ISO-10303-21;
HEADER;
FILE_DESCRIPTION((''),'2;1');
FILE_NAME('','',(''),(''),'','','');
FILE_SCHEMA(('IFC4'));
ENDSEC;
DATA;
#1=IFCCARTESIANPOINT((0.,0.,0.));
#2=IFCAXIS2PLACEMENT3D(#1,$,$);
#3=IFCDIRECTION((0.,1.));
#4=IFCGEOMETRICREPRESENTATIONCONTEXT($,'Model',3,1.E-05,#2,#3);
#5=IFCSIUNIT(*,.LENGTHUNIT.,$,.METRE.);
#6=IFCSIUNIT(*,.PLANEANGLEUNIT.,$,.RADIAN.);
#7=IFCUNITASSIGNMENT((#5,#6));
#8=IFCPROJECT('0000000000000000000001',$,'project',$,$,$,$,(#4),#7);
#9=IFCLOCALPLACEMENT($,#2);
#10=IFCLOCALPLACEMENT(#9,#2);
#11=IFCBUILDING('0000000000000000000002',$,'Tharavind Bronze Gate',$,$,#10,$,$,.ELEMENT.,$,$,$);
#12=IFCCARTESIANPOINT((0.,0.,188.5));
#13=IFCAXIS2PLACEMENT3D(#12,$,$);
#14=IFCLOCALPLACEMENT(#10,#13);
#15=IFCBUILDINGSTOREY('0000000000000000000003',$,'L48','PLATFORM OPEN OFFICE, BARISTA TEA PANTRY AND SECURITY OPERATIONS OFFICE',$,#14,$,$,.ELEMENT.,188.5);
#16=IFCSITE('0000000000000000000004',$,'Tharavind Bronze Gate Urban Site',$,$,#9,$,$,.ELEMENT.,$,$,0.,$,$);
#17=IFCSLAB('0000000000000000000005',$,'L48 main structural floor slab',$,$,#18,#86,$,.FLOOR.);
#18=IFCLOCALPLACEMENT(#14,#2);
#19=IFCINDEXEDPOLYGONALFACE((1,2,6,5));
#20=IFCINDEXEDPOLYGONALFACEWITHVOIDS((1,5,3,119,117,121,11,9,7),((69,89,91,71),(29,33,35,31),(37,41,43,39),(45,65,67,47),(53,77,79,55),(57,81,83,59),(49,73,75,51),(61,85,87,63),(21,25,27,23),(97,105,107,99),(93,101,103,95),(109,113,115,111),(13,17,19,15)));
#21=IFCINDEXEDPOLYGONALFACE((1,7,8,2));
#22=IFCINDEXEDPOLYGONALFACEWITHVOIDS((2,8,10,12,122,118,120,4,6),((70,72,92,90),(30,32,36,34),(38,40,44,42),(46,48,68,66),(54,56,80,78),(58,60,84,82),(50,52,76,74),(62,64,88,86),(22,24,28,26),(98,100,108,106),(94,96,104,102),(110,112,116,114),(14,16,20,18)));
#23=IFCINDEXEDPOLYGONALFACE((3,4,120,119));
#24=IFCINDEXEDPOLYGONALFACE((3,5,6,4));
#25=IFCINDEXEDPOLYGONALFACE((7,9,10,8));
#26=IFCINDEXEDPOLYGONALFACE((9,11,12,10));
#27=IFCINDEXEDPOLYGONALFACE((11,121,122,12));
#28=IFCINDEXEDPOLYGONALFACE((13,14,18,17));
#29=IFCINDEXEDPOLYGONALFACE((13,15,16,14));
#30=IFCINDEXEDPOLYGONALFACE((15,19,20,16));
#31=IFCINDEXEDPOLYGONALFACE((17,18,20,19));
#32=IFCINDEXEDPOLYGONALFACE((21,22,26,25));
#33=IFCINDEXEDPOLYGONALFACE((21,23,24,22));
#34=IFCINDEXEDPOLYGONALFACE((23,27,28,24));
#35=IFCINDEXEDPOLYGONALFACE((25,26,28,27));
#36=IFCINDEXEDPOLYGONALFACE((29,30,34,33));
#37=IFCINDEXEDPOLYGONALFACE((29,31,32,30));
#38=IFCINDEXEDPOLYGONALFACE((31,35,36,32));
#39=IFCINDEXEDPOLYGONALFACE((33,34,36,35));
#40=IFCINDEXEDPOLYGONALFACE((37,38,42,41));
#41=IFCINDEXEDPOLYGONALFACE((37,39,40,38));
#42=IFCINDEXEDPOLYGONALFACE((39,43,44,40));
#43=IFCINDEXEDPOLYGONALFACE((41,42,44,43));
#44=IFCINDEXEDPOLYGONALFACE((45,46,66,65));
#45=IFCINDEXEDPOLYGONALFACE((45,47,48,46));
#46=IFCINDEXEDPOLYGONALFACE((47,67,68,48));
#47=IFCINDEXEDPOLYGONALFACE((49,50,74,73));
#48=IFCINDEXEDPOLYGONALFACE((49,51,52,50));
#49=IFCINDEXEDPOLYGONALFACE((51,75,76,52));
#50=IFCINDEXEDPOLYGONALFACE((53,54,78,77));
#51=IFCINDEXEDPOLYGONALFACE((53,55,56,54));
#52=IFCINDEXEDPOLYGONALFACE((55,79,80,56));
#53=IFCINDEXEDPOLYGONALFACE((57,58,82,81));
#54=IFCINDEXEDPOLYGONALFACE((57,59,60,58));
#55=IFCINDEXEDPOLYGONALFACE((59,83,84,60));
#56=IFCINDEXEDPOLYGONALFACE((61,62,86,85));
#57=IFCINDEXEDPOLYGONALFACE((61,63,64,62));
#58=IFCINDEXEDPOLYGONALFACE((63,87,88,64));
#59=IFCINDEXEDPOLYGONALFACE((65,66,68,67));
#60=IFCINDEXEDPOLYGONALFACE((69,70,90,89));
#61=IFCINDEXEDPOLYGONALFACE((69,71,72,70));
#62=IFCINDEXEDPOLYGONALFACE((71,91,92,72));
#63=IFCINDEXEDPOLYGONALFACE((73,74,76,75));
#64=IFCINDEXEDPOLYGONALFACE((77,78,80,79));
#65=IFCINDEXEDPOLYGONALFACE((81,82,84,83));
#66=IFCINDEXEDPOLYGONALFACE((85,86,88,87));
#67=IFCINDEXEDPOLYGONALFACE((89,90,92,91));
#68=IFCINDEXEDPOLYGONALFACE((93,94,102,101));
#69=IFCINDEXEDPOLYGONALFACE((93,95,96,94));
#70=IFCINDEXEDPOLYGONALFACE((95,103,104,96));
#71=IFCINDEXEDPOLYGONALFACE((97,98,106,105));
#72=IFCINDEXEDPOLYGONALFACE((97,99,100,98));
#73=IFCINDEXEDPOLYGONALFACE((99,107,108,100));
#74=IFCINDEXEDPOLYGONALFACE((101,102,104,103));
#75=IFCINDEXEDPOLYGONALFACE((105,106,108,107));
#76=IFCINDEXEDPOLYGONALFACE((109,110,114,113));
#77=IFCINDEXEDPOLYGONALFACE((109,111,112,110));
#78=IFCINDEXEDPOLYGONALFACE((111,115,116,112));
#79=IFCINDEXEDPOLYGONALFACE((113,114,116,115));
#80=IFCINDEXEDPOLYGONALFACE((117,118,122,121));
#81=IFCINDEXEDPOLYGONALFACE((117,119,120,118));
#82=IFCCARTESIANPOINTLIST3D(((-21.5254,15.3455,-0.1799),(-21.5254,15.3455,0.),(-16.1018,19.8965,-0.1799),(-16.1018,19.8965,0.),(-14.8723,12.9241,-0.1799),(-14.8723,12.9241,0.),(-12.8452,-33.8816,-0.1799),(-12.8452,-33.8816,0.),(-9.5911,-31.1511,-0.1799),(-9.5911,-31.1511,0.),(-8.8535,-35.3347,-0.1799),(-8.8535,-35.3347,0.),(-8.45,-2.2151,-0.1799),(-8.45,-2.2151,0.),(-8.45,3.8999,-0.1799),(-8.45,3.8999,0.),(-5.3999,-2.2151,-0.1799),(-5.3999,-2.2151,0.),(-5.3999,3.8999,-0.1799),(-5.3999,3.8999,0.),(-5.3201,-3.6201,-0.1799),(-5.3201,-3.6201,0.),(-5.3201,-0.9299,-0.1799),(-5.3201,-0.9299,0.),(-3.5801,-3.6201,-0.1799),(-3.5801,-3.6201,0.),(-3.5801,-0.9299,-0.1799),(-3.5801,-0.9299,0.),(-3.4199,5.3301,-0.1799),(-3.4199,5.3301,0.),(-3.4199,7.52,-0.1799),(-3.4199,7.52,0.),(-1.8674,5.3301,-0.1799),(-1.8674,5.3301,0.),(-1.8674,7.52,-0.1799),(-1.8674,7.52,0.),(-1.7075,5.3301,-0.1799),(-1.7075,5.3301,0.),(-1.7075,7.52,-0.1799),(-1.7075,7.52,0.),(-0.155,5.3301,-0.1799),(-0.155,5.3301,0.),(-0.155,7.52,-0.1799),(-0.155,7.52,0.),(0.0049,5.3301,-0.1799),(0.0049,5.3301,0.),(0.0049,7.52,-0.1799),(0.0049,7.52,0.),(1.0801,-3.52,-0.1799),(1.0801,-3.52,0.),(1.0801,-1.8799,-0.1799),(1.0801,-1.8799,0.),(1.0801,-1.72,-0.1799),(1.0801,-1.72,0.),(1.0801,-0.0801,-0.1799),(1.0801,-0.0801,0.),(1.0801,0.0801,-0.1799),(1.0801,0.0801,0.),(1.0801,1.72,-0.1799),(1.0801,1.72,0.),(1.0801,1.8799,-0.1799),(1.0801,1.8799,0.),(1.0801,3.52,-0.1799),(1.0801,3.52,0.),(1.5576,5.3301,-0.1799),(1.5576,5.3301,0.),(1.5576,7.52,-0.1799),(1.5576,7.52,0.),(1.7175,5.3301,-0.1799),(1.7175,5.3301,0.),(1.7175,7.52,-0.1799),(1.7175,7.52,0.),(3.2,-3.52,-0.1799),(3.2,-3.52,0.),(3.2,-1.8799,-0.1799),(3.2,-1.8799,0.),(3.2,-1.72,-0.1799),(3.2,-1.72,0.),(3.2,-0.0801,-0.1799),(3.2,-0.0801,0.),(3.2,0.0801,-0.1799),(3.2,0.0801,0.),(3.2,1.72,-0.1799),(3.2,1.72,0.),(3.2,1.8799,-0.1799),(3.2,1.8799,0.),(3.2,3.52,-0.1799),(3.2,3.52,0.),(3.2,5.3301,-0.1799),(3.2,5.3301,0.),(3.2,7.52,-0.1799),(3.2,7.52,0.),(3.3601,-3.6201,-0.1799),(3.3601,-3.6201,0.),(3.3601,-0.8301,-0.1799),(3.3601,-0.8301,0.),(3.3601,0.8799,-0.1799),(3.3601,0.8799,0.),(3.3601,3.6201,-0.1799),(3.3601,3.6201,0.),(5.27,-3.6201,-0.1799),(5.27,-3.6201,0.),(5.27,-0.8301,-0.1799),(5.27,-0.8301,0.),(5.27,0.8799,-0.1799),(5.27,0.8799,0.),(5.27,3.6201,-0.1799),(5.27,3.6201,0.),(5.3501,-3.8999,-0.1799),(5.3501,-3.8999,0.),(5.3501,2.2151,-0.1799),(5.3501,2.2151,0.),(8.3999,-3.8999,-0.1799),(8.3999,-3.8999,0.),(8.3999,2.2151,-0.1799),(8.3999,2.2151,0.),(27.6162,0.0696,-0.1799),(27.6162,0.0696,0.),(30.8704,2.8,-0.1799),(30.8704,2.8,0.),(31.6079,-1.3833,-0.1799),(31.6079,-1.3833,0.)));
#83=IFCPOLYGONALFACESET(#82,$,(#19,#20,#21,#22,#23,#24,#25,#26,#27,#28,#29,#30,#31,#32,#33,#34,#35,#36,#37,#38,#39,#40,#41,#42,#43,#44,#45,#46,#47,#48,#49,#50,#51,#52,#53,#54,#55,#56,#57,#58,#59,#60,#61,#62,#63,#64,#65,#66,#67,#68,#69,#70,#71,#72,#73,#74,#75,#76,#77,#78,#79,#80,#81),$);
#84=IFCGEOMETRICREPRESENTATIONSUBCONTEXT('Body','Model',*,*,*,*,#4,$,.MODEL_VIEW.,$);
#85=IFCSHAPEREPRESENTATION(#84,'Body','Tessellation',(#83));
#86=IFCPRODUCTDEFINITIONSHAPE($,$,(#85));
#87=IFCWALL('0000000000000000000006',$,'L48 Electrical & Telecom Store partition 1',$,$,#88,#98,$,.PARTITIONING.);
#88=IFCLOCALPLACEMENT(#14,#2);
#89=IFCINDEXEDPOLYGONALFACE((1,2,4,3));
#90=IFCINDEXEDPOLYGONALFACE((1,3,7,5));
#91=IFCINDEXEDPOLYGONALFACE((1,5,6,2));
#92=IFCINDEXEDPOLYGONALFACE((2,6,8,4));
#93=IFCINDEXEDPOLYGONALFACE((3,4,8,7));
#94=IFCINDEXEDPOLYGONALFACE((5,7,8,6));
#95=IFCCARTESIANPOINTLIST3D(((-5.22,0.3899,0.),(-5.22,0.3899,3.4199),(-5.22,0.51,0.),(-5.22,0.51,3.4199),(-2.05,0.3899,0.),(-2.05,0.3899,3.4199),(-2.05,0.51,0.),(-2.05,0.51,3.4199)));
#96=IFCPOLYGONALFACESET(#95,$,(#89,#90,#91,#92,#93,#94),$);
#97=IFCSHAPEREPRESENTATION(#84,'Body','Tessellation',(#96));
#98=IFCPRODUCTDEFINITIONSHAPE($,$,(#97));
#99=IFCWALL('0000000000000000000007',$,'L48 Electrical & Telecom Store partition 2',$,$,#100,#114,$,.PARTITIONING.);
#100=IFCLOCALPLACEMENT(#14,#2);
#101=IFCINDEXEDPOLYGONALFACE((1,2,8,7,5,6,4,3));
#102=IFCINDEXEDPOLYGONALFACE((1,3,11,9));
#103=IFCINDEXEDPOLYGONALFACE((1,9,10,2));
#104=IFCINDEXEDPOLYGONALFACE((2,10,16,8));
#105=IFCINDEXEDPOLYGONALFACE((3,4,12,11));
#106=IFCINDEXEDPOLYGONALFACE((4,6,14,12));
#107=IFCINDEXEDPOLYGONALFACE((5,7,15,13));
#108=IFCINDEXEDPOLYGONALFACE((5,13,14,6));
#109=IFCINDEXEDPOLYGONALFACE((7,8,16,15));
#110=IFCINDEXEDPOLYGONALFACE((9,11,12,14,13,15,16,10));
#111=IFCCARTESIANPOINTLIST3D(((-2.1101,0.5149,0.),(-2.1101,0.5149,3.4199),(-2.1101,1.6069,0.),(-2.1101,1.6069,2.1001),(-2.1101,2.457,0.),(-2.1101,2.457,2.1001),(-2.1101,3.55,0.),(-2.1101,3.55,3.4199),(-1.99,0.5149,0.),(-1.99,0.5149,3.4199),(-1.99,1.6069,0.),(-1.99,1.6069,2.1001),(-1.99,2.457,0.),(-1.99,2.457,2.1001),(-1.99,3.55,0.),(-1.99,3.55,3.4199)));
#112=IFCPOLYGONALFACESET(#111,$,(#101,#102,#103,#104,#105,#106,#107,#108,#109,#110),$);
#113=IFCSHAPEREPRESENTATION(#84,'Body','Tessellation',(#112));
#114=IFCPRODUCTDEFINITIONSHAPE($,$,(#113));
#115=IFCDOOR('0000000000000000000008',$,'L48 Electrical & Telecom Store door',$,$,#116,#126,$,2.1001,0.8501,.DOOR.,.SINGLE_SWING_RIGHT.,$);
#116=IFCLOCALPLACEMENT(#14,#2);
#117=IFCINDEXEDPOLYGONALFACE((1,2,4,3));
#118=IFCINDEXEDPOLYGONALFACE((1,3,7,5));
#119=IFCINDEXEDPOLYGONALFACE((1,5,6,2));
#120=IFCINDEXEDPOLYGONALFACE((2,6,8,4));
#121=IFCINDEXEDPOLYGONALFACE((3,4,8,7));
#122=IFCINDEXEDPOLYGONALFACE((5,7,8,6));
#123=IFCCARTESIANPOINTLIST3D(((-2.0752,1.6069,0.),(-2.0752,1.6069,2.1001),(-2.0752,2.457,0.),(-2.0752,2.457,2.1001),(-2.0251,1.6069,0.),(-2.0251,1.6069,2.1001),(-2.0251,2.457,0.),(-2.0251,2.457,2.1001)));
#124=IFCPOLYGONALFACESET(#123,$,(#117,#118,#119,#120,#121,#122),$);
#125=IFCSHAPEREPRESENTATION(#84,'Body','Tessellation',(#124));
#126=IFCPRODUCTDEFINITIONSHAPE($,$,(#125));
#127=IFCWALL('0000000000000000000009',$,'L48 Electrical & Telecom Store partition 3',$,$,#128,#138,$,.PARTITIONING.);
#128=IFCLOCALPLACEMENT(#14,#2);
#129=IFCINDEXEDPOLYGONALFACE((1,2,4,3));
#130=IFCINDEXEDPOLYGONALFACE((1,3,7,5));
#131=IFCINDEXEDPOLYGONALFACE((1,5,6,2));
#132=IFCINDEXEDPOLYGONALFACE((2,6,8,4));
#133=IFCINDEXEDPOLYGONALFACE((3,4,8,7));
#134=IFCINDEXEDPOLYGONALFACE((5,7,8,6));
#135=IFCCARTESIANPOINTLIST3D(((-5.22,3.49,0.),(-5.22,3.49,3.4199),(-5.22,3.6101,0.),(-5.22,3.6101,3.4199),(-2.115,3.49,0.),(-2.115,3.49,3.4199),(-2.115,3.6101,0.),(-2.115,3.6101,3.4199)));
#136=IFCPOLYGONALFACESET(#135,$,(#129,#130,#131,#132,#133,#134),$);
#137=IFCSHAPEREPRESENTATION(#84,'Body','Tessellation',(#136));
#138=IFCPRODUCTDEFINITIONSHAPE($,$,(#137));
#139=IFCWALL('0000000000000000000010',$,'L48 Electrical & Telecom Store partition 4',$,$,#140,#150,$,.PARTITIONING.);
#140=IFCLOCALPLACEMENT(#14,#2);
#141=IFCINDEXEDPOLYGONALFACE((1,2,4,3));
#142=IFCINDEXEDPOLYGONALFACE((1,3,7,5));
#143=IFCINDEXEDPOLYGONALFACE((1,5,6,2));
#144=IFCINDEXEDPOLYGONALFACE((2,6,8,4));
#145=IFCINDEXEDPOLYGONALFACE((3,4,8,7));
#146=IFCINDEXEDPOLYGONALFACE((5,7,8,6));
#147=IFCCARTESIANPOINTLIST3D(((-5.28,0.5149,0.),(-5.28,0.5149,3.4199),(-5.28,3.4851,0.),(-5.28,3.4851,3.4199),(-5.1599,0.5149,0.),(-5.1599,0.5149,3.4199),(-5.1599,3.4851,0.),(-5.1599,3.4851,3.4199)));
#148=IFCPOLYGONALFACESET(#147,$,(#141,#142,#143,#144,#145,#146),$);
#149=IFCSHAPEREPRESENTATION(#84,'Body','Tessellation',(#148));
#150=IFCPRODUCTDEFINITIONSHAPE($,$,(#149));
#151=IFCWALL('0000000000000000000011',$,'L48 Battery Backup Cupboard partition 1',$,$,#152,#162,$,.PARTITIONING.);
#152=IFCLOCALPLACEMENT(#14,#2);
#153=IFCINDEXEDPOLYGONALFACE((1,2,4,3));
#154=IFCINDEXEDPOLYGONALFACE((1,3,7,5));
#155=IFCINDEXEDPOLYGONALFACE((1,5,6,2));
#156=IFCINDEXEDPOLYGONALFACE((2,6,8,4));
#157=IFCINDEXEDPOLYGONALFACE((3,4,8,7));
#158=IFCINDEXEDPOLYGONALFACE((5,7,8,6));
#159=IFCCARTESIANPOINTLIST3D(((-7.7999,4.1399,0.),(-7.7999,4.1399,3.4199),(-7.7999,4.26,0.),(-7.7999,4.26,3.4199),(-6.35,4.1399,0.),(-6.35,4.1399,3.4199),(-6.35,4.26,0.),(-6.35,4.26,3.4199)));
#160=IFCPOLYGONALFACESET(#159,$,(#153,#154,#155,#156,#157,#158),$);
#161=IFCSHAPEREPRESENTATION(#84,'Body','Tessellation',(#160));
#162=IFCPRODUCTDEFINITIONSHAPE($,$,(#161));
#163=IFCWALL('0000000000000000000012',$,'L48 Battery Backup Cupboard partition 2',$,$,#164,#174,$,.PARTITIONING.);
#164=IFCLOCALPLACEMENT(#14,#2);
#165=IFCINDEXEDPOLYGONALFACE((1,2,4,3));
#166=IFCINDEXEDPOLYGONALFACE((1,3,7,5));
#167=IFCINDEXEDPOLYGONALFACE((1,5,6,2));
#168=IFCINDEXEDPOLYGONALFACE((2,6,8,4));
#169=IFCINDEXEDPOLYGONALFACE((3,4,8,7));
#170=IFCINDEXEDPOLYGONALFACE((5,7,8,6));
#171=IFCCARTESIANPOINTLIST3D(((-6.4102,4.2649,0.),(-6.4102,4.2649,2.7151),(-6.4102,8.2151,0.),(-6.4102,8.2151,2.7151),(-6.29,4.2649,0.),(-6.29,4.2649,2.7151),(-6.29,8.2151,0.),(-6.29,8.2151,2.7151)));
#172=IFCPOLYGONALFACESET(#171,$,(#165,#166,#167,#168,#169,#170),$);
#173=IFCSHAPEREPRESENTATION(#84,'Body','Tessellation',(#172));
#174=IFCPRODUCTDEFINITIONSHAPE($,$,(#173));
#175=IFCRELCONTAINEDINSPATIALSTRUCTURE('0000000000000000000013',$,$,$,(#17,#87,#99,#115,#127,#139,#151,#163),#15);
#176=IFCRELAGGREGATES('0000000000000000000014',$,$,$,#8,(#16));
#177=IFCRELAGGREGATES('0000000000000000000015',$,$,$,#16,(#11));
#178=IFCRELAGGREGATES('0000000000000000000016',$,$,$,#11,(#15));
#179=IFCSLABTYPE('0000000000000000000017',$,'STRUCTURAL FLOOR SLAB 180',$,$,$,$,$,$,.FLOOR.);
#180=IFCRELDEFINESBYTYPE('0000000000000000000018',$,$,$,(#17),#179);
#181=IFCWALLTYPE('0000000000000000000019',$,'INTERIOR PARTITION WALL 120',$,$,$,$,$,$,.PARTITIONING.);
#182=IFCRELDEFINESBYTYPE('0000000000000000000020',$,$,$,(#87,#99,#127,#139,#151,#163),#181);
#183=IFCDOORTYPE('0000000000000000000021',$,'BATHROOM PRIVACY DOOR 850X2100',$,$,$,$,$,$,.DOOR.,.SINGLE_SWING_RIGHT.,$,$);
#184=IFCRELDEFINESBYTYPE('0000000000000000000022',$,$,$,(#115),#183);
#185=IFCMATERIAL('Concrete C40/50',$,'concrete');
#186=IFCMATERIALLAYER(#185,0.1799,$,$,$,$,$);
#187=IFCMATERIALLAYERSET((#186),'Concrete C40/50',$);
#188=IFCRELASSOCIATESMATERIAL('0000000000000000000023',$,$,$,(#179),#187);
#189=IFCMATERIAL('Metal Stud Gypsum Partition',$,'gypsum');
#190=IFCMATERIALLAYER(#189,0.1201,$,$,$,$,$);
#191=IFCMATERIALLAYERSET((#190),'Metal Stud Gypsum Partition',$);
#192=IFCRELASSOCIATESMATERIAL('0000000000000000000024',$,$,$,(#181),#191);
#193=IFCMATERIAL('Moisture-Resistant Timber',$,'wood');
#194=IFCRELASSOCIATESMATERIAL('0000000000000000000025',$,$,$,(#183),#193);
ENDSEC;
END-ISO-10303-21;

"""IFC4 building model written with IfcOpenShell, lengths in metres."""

from ifc_helpers import new_model, si_unit, direction, frame, frame_2d, origin, place, context, subcontext, project, spatial, polyline, rectangle, outline, extrude, material, layer, layer_set, type_object, element, fill, save


model = new_model("IFC4")

# Units and contexts
model_context = context("Model", 3, precision=1e-05, world=origin(), true_north=direction((0.0, 1.0)))
body_context = subcontext(model_context, "Body", "Model", "MODEL_VIEW")
ifc_project = project(units=[si_unit("LENGTHUNIT", "METRE"), si_unit("PLANEANGLEUNIT", "RADIAN")], contexts=[model_context])

# Site, building, storey
site_placement = place(None, origin())
site = spatial("IfcSite", under=ifc_project, at=site_placement, Name="Tharavind Bronze Gate Urban Site", CompositionType="ELEMENT", RefElevation=0.0)
building_placement = place(site_placement, origin())
building = spatial("IfcBuilding", under=site, at=building_placement, Name="Tharavind Bronze Gate", CompositionType="ELEMENT")
storey_placement = place(building_placement, frame((0.0, 0.0, 188.5)))
storey = spatial("IfcBuildingStorey", under=building, at=storey_placement, Name="L48", Description="PLATFORM OPEN OFFICE, BARISTA TEA PANTRY AND SECURITY OPERATIONS OFFICE", CompositionType="ELEMENT", Elevation=188.5)

# Slab
ifc_material_1 = material(Name="Concrete C40/50", Category="concrete")
ifc_layer_1 = layer(ifc_material_1, 0.1799)
ifc_layer_set_1 = layer_set([ifc_layer_1], Name="Concrete C40/50")
slab_type = type_object("IfcSlabType", Name="STRUCTURAL FLOOR SLAB 180", PredefinedType="FLOOR", material=ifc_layer_set_1)
slab_placement = place(storey_placement, frame((0.0, 0.0, -0.1799)))
element("IfcSlab", 1, at=slab_placement, inside=storey, type_object=slab_type, Name="L48 main structural floor slab", PredefinedType="FLOOR", context=body_context, shape_type="SweptSolid", body=[
    extrude(outline(polyline([(-16.1018, 19.8965), (-14.8723, 12.9241), (-21.5254, 15.3455), (-12.8452, -33.8816), (-9.5911, -31.1511), (-8.8535, -35.3347), (31.6079, -1.3833), (27.6162, 0.0696), (30.8704, 2.8), (-16.1018, 19.8965)]), holes=[polyline([(-5.3999, -2.2151), (-5.3999, 3.8999), (-8.45, 3.8999), (-8.45, -2.2151), (-5.3999, -2.2151)]), polyline([(5.3501, 2.2151), (5.3501, -3.8999), (8.3999, -3.8999), (8.3999, 2.2151), (5.3501, 2.2151)]), polyline([(-3.4199, 5.3301), (-1.8674, 5.3301), (-1.8674, 7.52), (-3.4199, 7.52), (-3.4199, 5.3301)]), polyline([(-1.7075, 5.3301), (-0.155, 5.3301), (-0.155, 7.52), (-1.7075, 7.52), (-1.7075, 5.3301)]), polyline([(0.0049, 5.3301), (1.5576, 5.3301), (1.5576, 7.52), (0.0049, 7.52), (0.0049, 5.3301)]), polyline([(1.7175, 5.3301), (3.2, 5.3301), (3.2, 7.52), (1.7175, 7.52), (1.7175, 5.3301)]), polyline([(1.0801, -3.52), (3.2, -3.52), (3.2, -1.8799), (1.0801, -1.8799), (1.0801, -3.52)]), polyline([(1.0801, -1.72), (3.2, -1.72), (3.2, -0.0801), (1.0801, -0.0801), (1.0801, -1.72)]), polyline([(1.0801, 0.0801), (3.2, 0.0801), (3.2, 1.72), (1.0801, 1.72), (1.0801, 0.0801)]), polyline([(1.0801, 1.8799), (3.2, 1.8799), (3.2, 3.52), (1.0801, 3.52), (1.0801, 1.8799)]), polyline([(-5.3201, -3.6201), (-3.5801, -3.6201), (-3.5801, -0.9299), (-5.3201, -0.9299), (-5.3201, -3.6201)]), polyline([(3.3601, 0.8799), (5.27, 0.8799), (5.27, 3.6201), (3.3601, 3.6201), (3.3601, 0.8799)]), polyline([(3.3601, -3.6201), (5.27, -3.6201), (5.27, -0.8301), (3.3601, -0.8301), (3.3601, -3.6201)])]), origin(), (0.0, 0.0, 1.0), 0.1799),
])

# Wall
ifc_material_2 = material(Name="Metal Stud Gypsum Partition", Category="gypsum")
ifc_layer_2 = layer(ifc_material_2, 0.1201)
ifc_layer_set_2 = layer_set([ifc_layer_2], Name="Metal Stud Gypsum Partition")
wall_type_1 = type_object("IfcWallType", Name="INTERIOR PARTITION WALL 120", PredefinedType="PARTITIONING", material=ifc_layer_set_2)
wall_1_placement = place(storey_placement, frame((-5.22, 0.45, 0.0), z_axis=(0.0, 0.0, 1.0), x_axis=(1.0, 0.0, 0.0)))
element("IfcWall", 2, at=wall_1_placement, inside=storey, type_object=wall_type_1, Name="L48 Electrical & Telecom Store partition 1", PredefinedType="PARTITIONING", context=body_context, shape_type="SweptSolid", body=[
    extrude(rectangle(XDim=3.1699, YDim=0.1201, at=frame_2d((1.585, 0.0))), origin(), (0.0, 0.0, 1.0), 3.4199),
])

# Wall, opening, door
wall_2_placement = place(storey_placement, frame((-2.05, 0.5149, 0.0), z_axis=(0.0, 0.0, 1.0), x_axis=(0.0, 1.0, 0.0)))
wall_2 = element("IfcWall", 3, at=wall_2_placement, inside=storey, type_object=wall_type_1, Name="L48 Electrical & Telecom Store partition 2", PredefinedType="PARTITIONING", context=body_context, shape_type="SweptSolid", body=[
    extrude(rectangle(XDim=3.0352, YDim=0.1201, at=frame_2d((1.5176, 0.0))), origin(), (0.0, 0.0, 1.0), 3.4199),
])
opening_1_placement = place(wall_2_placement, frame((1.092, 0.0, 0.0)))
opening_1 = element("IfcOpeningElement", 4, at=opening_1_placement, cuts=wall_2, PredefinedType="OPENING", context=body_context, shape_type="SweptSolid", body=[
    extrude(rectangle(XDim=0.8501, YDim=2.1001, at=frame_2d((0.425, 1.05))), frame((0.0, 0.0701, 0.0), z_axis=(0.0, -1.0, 0.0), x_axis=(1.0, 0.0, 0.0)), (0.0, 0.0, 1.0), 0.1401),
])
ifc_material_3 = material(Name="Moisture-Resistant Timber", Category="wood")
door_type_1 = type_object("IfcDoorType", Name="BATHROOM PRIVACY DOOR 850X2100", OperationType="SINGLE_SWING_RIGHT", PredefinedType="DOOR", material=ifc_material_3)
door_1_placement = place(opening_1_placement, frame((0.8501, 0.0, 0.0), z_axis=(0.0, 0.0, 1.0), x_axis=(-1.0, 0.0, 0.0)))
door_1 = element("IfcDoor", 5, at=door_1_placement, inside=storey, type_object=door_type_1, Name="L48 Electrical & Telecom Store door", OperationType="SINGLE_SWING_RIGHT", OverallHeight=2.1001, OverallWidth=0.8501, PredefinedType="DOOR", context=body_context, shape_type="SweptSolid", body=[
    extrude(rectangle(XDim=0.8501, YDim=2.1001, at=frame_2d((0.425, 1.05))), frame((0.0, 0.0249, 0.0), z_axis=(0.0, -1.0, 0.0), x_axis=(1.0, 0.0, 0.0)), (0.0, 0.0, 1.0), 0.05),
])
fill(opening_1, door_1)

# Walls
wall_3_placement = place(storey_placement, frame((-2.115, 3.55, 0.0), z_axis=(0.0, 0.0, 1.0), x_axis=(-1.0, 0.0, 0.0)))
element("IfcWall", 6, at=wall_3_placement, inside=storey, type_object=wall_type_1, Name="L48 Electrical & Telecom Store partition 3", PredefinedType="PARTITIONING", context=body_context, shape_type="SweptSolid", body=[
    extrude(rectangle(XDim=3.105, YDim=0.1201, at=frame_2d((1.5525, 0.0))), origin(), (0.0, 0.0, 1.0), 3.4199),
])
wall_4_placement = place(storey_placement, frame((-5.22, 3.4851, 0.0), z_axis=(0.0, 0.0, 1.0), x_axis=(0.0, -1.0, 0.0)))
element("IfcWall", 7, at=wall_4_placement, inside=storey, type_object=wall_type_1, Name="L48 Electrical & Telecom Store partition 4", PredefinedType="PARTITIONING", context=body_context, shape_type="SweptSolid", body=[
    extrude(rectangle(XDim=2.9702, YDim=0.1201, at=frame_2d((1.4851, 0.0))), origin(), (0.0, 0.0, 1.0), 3.4199),
])
wall_5_placement = place(storey_placement, frame((-7.8, 4.2, 0.0), z_axis=(0.0, 0.0, 1.0), x_axis=(1.0, 0.0, 0.0)))
element("IfcWall", 8, at=wall_5_placement, inside=storey, type_object=wall_type_1, Name="L48 Battery Backup Cupboard partition 1", PredefinedType="PARTITIONING", context=body_context, shape_type="SweptSolid", body=[
    extrude(rectangle(XDim=1.45, YDim=0.1201, at=frame_2d((0.7251, 0.0))), origin(), (0.0, 0.0, 1.0), 3.4199),
])
wall_6_placement = place(storey_placement, frame((-6.3501, 4.2649, 0.0), z_axis=(0.0, 0.0, 1.0), x_axis=(0.0, 1.0, 0.0)))
element("IfcWall", 9, at=wall_6_placement, inside=storey, type_object=wall_type_1, Name="L48 Battery Backup Cupboard partition 2", PredefinedType="PARTITIONING", context=body_context, shape_type="SweptSolid", body=[
    extrude(rectangle(XDim=3.9502, YDim=0.1201, at=frame_2d((1.9751, 0.0))), origin(), (0.0, 0.0, 1.0), 2.7151),
])

save(model, "model.ifc")
